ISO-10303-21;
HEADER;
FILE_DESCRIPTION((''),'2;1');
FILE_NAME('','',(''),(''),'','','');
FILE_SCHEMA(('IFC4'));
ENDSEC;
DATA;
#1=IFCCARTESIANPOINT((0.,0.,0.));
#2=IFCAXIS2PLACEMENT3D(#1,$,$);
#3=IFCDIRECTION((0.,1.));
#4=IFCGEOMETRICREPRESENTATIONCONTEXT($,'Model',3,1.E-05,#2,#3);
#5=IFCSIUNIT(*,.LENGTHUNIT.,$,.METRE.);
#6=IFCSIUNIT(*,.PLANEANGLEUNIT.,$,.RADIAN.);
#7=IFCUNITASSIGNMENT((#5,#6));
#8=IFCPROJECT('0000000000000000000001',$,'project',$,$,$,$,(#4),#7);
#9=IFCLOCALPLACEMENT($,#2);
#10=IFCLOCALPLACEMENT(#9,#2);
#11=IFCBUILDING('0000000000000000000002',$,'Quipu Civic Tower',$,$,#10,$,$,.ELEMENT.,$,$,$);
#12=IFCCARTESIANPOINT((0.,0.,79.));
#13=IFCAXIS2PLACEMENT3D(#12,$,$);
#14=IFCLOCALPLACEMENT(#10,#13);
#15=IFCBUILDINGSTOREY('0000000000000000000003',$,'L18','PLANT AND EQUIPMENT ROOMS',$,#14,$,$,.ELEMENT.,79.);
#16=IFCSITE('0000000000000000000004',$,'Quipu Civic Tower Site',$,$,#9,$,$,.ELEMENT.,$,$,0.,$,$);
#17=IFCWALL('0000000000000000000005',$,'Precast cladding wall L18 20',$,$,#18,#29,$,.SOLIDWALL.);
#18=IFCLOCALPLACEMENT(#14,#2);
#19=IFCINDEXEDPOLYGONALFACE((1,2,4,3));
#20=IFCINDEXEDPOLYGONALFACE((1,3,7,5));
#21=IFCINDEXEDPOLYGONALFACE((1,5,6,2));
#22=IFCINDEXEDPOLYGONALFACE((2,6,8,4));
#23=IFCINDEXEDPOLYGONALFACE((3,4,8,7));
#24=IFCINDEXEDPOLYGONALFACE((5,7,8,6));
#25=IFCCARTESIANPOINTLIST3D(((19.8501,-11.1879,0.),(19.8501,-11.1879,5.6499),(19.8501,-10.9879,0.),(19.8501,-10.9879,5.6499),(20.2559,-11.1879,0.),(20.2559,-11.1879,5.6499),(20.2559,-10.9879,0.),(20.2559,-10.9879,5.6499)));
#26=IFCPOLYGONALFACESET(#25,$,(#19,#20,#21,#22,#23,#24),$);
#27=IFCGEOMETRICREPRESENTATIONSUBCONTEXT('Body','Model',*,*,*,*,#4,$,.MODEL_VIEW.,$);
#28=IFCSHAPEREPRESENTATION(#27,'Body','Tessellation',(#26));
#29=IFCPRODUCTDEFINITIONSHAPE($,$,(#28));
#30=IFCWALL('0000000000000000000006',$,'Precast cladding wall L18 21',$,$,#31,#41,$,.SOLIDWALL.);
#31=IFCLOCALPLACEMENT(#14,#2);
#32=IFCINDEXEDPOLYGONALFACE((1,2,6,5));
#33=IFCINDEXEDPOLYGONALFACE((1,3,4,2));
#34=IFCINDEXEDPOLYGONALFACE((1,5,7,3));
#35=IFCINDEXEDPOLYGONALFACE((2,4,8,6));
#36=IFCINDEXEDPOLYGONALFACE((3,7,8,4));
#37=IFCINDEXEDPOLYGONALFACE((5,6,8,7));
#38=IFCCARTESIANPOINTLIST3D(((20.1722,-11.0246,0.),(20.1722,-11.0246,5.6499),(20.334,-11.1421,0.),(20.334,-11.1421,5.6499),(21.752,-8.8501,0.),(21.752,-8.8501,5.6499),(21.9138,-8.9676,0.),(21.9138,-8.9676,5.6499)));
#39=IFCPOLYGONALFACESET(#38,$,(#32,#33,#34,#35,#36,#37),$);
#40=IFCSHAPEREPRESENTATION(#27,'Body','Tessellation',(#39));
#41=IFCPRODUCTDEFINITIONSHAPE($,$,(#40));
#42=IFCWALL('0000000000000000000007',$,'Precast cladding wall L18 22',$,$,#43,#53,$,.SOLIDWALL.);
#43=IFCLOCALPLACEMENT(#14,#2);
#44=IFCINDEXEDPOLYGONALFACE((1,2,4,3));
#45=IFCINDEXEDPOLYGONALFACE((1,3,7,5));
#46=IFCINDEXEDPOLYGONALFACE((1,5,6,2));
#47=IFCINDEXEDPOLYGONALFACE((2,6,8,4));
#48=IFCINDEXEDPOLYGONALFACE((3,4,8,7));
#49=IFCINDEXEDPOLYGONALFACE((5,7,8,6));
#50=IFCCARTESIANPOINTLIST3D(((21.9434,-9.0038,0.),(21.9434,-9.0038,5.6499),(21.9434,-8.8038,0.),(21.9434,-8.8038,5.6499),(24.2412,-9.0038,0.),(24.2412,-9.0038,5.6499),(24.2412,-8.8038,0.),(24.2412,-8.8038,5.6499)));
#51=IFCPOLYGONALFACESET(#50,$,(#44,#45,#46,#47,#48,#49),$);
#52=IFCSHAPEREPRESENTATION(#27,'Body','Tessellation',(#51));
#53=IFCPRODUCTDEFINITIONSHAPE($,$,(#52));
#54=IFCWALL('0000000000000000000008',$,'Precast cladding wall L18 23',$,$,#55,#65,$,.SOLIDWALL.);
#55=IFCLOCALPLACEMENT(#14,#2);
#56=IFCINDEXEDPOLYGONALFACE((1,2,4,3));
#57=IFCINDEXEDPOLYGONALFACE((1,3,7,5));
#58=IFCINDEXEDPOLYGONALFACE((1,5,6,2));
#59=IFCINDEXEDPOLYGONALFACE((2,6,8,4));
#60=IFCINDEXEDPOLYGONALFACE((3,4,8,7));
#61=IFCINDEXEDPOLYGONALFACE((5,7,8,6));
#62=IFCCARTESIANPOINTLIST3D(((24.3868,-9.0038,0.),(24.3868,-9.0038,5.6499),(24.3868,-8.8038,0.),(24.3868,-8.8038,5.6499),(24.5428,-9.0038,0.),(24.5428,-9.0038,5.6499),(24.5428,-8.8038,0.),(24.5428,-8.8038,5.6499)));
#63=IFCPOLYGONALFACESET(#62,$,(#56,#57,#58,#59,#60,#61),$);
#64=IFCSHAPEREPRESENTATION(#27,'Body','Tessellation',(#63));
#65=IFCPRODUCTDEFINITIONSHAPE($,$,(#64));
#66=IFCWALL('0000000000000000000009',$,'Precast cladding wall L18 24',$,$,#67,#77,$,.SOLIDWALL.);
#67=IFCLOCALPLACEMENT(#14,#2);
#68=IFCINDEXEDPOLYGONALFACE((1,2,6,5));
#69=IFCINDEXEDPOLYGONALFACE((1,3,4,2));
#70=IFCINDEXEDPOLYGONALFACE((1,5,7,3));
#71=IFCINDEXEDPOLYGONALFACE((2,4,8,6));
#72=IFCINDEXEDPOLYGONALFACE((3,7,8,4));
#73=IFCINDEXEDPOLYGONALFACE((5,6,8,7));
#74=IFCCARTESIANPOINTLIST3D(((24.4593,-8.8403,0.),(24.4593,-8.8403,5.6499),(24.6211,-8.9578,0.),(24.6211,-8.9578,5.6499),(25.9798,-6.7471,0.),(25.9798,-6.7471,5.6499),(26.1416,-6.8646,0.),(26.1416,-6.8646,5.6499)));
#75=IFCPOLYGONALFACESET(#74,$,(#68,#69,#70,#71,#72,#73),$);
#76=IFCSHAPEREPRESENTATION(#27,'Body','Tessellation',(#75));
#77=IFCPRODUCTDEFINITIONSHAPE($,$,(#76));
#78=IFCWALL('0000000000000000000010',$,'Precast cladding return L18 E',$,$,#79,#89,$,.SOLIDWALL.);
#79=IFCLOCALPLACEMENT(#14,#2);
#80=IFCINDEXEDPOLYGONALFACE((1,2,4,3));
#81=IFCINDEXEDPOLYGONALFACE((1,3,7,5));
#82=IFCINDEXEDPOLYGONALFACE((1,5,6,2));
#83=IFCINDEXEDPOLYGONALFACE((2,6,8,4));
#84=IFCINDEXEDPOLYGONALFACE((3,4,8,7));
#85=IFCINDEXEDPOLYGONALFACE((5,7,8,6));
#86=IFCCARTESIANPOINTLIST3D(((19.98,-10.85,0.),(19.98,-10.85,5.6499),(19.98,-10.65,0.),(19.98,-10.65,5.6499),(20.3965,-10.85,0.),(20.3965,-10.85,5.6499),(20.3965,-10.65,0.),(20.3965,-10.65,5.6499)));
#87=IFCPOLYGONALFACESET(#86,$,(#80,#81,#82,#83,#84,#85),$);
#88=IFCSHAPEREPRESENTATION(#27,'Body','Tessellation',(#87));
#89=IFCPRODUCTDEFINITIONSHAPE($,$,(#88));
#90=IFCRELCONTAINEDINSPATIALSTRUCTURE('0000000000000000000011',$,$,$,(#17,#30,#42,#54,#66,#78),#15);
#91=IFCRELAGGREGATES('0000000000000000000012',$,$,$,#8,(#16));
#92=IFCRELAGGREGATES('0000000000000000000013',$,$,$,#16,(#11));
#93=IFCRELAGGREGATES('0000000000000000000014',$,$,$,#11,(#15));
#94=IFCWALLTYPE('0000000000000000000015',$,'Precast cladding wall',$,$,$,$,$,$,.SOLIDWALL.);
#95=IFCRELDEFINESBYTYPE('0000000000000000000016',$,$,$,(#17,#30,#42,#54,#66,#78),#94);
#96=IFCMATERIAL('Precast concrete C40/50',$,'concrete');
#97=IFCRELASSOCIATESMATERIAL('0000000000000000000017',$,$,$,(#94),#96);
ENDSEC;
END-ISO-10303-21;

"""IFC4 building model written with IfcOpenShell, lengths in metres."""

from ifc_helpers import new_model, si_unit, direction, frame, frame_2d, origin, place, context, subcontext, project, spatial, rectangle, extrude, material, type_object, element, save


model = new_model("IFC4")

# Units and contexts
model_context = context("Model", 3, precision=1e-05, world=origin(), true_north=direction((0.0, 1.0)))
body_context = subcontext(model_context, "Body", "Model", "MODEL_VIEW")
ifc_project = project(units=[si_unit("LENGTHUNIT", "METRE"), si_unit("PLANEANGLEUNIT", "RADIAN")], contexts=[model_context])

# Site, building, storey
site_placement = place(None, origin())
site = spatial("IfcSite", under=ifc_project, at=site_placement, Name="Quipu Civic Tower Site", CompositionType="ELEMENT", RefElevation=0.0)
building_placement = place(site_placement, origin())
building = spatial("IfcBuilding", under=site, at=building_placement, Name="Quipu Civic Tower", CompositionType="ELEMENT")
storey_placement = place(building_placement, frame((0.0, 0.0, 79.0)))
storey = spatial("IfcBuildingStorey", under=building, at=storey_placement, Name="L18", Description="PLANT AND EQUIPMENT ROOMS", CompositionType="ELEMENT", Elevation=79.0)

# Walls
ifc_material_1 = material(Name="Precast concrete C40/50", Category="concrete")
wall_type_1 = type_object("IfcWallType", Name="Precast cladding wall", PredefinedType="SOLIDWALL", material=ifc_material_1)
wall_1_placement = place(storey_placement, frame((19.8501, -11.0879, 0.0), z_axis=(0.0, 0.0, 1.0), x_axis=(1.0, 0.0, 0.0)))
element("IfcWall", 1, at=wall_1_placement, inside=storey, type_object=wall_type_1, Name="Precast cladding wall L18 20", PredefinedType="SOLIDWALL", context=body_context, shape_type="SweptSolid", body=[
    extrude(rectangle(XDim=0.4058, YDim=0.2, at=frame_2d((0.2029, 0.0))), origin(), (0.0, 0.0, 1.0), 5.6499),
])
wall_2_placement = place(storey_placement, frame((20.2532, -11.0833, 0.0), z_axis=(0.0, 0.0, 1.0), x_axis=(0.587767, 0.809031, 0.0)))
element("IfcWall", 2, at=wall_2_placement, inside=storey, type_object=wall_type_1, Name="Precast cladding wall L18 21", PredefinedType="SOLIDWALL", context=body_context, shape_type="SweptSolid", body=[
    extrude(rectangle(XDim=2.6877, YDim=0.2, at=frame_2d((1.3438, 0.0))), origin(), (0.0, 0.0, 1.0), 5.6499),
])
wall_3_placement = place(storey_placement, frame((21.9434, -8.9038, 0.0), z_axis=(0.0, 0.0, 1.0), x_axis=(1.0, 0.0, 0.0)))
element("IfcWall", 3, at=wall_3_placement, inside=storey, type_object=wall_type_1, Name="Precast cladding wall L18 22", PredefinedType="SOLIDWALL", context=body_context, shape_type="SweptSolid", body=[
    extrude(rectangle(XDim=2.2979, YDim=0.2, at=frame_2d((1.1489, 0.0))), origin(), (0.0, 0.0, 1.0), 5.6499),
])
wall_4_placement = place(storey_placement, frame((24.3867, -8.9038, 0.0), z_axis=(0.0, 0.0, 1.0), x_axis=(1.0, 0.0, 0.0)))
element("IfcWall", 4, at=wall_4_placement, inside=storey, type_object=wall_type_1, Name="Precast cladding wall L18 23", PredefinedType="SOLIDWALL", context=body_context, shape_type="SweptSolid", body=[
    extrude(rectangle(XDim=0.156, YDim=0.2, at=frame_2d((0.0781, 0.0))), origin(), (0.0, 0.0, 1.0), 5.6499),
])
wall_5_placement = place(storey_placement, frame((24.5403, -8.8989, 0.0), z_axis=(0.0, 0.0, 1.0), x_axis=(0.5877, 0.809079, 0.0)))
element("IfcWall", 5, at=wall_5_placement, inside=storey, type_object=wall_type_1, Name="Precast cladding wall L18 24", PredefinedType="SOLIDWALL", context=body_context, shape_type="SweptSolid", body=[
    extrude(rectangle(XDim=2.5872, YDim=0.2, at=frame_2d((1.2935, 0.0))), origin(), (0.0, 0.0, 1.0), 5.6499),
])
wall_6_placement = place(storey_placement, frame((19.98, -10.75, 0.0), z_axis=(0.0, 0.0, 1.0), x_axis=(1.0, 0.0, 0.0)))
element("IfcWall", 6, at=wall_6_placement, inside=storey, type_object=wall_type_1, Name="Precast cladding return L18 E", PredefinedType="SOLIDWALL", context=body_context, shape_type="SweptSolid", body=[
    extrude(rectangle(XDim=0.4165, YDim=0.2, at=frame_2d((0.2083, 0.0))), origin(), (0.0, 0.0, 1.0), 5.6499),
])

save(model, "model.ifc")
